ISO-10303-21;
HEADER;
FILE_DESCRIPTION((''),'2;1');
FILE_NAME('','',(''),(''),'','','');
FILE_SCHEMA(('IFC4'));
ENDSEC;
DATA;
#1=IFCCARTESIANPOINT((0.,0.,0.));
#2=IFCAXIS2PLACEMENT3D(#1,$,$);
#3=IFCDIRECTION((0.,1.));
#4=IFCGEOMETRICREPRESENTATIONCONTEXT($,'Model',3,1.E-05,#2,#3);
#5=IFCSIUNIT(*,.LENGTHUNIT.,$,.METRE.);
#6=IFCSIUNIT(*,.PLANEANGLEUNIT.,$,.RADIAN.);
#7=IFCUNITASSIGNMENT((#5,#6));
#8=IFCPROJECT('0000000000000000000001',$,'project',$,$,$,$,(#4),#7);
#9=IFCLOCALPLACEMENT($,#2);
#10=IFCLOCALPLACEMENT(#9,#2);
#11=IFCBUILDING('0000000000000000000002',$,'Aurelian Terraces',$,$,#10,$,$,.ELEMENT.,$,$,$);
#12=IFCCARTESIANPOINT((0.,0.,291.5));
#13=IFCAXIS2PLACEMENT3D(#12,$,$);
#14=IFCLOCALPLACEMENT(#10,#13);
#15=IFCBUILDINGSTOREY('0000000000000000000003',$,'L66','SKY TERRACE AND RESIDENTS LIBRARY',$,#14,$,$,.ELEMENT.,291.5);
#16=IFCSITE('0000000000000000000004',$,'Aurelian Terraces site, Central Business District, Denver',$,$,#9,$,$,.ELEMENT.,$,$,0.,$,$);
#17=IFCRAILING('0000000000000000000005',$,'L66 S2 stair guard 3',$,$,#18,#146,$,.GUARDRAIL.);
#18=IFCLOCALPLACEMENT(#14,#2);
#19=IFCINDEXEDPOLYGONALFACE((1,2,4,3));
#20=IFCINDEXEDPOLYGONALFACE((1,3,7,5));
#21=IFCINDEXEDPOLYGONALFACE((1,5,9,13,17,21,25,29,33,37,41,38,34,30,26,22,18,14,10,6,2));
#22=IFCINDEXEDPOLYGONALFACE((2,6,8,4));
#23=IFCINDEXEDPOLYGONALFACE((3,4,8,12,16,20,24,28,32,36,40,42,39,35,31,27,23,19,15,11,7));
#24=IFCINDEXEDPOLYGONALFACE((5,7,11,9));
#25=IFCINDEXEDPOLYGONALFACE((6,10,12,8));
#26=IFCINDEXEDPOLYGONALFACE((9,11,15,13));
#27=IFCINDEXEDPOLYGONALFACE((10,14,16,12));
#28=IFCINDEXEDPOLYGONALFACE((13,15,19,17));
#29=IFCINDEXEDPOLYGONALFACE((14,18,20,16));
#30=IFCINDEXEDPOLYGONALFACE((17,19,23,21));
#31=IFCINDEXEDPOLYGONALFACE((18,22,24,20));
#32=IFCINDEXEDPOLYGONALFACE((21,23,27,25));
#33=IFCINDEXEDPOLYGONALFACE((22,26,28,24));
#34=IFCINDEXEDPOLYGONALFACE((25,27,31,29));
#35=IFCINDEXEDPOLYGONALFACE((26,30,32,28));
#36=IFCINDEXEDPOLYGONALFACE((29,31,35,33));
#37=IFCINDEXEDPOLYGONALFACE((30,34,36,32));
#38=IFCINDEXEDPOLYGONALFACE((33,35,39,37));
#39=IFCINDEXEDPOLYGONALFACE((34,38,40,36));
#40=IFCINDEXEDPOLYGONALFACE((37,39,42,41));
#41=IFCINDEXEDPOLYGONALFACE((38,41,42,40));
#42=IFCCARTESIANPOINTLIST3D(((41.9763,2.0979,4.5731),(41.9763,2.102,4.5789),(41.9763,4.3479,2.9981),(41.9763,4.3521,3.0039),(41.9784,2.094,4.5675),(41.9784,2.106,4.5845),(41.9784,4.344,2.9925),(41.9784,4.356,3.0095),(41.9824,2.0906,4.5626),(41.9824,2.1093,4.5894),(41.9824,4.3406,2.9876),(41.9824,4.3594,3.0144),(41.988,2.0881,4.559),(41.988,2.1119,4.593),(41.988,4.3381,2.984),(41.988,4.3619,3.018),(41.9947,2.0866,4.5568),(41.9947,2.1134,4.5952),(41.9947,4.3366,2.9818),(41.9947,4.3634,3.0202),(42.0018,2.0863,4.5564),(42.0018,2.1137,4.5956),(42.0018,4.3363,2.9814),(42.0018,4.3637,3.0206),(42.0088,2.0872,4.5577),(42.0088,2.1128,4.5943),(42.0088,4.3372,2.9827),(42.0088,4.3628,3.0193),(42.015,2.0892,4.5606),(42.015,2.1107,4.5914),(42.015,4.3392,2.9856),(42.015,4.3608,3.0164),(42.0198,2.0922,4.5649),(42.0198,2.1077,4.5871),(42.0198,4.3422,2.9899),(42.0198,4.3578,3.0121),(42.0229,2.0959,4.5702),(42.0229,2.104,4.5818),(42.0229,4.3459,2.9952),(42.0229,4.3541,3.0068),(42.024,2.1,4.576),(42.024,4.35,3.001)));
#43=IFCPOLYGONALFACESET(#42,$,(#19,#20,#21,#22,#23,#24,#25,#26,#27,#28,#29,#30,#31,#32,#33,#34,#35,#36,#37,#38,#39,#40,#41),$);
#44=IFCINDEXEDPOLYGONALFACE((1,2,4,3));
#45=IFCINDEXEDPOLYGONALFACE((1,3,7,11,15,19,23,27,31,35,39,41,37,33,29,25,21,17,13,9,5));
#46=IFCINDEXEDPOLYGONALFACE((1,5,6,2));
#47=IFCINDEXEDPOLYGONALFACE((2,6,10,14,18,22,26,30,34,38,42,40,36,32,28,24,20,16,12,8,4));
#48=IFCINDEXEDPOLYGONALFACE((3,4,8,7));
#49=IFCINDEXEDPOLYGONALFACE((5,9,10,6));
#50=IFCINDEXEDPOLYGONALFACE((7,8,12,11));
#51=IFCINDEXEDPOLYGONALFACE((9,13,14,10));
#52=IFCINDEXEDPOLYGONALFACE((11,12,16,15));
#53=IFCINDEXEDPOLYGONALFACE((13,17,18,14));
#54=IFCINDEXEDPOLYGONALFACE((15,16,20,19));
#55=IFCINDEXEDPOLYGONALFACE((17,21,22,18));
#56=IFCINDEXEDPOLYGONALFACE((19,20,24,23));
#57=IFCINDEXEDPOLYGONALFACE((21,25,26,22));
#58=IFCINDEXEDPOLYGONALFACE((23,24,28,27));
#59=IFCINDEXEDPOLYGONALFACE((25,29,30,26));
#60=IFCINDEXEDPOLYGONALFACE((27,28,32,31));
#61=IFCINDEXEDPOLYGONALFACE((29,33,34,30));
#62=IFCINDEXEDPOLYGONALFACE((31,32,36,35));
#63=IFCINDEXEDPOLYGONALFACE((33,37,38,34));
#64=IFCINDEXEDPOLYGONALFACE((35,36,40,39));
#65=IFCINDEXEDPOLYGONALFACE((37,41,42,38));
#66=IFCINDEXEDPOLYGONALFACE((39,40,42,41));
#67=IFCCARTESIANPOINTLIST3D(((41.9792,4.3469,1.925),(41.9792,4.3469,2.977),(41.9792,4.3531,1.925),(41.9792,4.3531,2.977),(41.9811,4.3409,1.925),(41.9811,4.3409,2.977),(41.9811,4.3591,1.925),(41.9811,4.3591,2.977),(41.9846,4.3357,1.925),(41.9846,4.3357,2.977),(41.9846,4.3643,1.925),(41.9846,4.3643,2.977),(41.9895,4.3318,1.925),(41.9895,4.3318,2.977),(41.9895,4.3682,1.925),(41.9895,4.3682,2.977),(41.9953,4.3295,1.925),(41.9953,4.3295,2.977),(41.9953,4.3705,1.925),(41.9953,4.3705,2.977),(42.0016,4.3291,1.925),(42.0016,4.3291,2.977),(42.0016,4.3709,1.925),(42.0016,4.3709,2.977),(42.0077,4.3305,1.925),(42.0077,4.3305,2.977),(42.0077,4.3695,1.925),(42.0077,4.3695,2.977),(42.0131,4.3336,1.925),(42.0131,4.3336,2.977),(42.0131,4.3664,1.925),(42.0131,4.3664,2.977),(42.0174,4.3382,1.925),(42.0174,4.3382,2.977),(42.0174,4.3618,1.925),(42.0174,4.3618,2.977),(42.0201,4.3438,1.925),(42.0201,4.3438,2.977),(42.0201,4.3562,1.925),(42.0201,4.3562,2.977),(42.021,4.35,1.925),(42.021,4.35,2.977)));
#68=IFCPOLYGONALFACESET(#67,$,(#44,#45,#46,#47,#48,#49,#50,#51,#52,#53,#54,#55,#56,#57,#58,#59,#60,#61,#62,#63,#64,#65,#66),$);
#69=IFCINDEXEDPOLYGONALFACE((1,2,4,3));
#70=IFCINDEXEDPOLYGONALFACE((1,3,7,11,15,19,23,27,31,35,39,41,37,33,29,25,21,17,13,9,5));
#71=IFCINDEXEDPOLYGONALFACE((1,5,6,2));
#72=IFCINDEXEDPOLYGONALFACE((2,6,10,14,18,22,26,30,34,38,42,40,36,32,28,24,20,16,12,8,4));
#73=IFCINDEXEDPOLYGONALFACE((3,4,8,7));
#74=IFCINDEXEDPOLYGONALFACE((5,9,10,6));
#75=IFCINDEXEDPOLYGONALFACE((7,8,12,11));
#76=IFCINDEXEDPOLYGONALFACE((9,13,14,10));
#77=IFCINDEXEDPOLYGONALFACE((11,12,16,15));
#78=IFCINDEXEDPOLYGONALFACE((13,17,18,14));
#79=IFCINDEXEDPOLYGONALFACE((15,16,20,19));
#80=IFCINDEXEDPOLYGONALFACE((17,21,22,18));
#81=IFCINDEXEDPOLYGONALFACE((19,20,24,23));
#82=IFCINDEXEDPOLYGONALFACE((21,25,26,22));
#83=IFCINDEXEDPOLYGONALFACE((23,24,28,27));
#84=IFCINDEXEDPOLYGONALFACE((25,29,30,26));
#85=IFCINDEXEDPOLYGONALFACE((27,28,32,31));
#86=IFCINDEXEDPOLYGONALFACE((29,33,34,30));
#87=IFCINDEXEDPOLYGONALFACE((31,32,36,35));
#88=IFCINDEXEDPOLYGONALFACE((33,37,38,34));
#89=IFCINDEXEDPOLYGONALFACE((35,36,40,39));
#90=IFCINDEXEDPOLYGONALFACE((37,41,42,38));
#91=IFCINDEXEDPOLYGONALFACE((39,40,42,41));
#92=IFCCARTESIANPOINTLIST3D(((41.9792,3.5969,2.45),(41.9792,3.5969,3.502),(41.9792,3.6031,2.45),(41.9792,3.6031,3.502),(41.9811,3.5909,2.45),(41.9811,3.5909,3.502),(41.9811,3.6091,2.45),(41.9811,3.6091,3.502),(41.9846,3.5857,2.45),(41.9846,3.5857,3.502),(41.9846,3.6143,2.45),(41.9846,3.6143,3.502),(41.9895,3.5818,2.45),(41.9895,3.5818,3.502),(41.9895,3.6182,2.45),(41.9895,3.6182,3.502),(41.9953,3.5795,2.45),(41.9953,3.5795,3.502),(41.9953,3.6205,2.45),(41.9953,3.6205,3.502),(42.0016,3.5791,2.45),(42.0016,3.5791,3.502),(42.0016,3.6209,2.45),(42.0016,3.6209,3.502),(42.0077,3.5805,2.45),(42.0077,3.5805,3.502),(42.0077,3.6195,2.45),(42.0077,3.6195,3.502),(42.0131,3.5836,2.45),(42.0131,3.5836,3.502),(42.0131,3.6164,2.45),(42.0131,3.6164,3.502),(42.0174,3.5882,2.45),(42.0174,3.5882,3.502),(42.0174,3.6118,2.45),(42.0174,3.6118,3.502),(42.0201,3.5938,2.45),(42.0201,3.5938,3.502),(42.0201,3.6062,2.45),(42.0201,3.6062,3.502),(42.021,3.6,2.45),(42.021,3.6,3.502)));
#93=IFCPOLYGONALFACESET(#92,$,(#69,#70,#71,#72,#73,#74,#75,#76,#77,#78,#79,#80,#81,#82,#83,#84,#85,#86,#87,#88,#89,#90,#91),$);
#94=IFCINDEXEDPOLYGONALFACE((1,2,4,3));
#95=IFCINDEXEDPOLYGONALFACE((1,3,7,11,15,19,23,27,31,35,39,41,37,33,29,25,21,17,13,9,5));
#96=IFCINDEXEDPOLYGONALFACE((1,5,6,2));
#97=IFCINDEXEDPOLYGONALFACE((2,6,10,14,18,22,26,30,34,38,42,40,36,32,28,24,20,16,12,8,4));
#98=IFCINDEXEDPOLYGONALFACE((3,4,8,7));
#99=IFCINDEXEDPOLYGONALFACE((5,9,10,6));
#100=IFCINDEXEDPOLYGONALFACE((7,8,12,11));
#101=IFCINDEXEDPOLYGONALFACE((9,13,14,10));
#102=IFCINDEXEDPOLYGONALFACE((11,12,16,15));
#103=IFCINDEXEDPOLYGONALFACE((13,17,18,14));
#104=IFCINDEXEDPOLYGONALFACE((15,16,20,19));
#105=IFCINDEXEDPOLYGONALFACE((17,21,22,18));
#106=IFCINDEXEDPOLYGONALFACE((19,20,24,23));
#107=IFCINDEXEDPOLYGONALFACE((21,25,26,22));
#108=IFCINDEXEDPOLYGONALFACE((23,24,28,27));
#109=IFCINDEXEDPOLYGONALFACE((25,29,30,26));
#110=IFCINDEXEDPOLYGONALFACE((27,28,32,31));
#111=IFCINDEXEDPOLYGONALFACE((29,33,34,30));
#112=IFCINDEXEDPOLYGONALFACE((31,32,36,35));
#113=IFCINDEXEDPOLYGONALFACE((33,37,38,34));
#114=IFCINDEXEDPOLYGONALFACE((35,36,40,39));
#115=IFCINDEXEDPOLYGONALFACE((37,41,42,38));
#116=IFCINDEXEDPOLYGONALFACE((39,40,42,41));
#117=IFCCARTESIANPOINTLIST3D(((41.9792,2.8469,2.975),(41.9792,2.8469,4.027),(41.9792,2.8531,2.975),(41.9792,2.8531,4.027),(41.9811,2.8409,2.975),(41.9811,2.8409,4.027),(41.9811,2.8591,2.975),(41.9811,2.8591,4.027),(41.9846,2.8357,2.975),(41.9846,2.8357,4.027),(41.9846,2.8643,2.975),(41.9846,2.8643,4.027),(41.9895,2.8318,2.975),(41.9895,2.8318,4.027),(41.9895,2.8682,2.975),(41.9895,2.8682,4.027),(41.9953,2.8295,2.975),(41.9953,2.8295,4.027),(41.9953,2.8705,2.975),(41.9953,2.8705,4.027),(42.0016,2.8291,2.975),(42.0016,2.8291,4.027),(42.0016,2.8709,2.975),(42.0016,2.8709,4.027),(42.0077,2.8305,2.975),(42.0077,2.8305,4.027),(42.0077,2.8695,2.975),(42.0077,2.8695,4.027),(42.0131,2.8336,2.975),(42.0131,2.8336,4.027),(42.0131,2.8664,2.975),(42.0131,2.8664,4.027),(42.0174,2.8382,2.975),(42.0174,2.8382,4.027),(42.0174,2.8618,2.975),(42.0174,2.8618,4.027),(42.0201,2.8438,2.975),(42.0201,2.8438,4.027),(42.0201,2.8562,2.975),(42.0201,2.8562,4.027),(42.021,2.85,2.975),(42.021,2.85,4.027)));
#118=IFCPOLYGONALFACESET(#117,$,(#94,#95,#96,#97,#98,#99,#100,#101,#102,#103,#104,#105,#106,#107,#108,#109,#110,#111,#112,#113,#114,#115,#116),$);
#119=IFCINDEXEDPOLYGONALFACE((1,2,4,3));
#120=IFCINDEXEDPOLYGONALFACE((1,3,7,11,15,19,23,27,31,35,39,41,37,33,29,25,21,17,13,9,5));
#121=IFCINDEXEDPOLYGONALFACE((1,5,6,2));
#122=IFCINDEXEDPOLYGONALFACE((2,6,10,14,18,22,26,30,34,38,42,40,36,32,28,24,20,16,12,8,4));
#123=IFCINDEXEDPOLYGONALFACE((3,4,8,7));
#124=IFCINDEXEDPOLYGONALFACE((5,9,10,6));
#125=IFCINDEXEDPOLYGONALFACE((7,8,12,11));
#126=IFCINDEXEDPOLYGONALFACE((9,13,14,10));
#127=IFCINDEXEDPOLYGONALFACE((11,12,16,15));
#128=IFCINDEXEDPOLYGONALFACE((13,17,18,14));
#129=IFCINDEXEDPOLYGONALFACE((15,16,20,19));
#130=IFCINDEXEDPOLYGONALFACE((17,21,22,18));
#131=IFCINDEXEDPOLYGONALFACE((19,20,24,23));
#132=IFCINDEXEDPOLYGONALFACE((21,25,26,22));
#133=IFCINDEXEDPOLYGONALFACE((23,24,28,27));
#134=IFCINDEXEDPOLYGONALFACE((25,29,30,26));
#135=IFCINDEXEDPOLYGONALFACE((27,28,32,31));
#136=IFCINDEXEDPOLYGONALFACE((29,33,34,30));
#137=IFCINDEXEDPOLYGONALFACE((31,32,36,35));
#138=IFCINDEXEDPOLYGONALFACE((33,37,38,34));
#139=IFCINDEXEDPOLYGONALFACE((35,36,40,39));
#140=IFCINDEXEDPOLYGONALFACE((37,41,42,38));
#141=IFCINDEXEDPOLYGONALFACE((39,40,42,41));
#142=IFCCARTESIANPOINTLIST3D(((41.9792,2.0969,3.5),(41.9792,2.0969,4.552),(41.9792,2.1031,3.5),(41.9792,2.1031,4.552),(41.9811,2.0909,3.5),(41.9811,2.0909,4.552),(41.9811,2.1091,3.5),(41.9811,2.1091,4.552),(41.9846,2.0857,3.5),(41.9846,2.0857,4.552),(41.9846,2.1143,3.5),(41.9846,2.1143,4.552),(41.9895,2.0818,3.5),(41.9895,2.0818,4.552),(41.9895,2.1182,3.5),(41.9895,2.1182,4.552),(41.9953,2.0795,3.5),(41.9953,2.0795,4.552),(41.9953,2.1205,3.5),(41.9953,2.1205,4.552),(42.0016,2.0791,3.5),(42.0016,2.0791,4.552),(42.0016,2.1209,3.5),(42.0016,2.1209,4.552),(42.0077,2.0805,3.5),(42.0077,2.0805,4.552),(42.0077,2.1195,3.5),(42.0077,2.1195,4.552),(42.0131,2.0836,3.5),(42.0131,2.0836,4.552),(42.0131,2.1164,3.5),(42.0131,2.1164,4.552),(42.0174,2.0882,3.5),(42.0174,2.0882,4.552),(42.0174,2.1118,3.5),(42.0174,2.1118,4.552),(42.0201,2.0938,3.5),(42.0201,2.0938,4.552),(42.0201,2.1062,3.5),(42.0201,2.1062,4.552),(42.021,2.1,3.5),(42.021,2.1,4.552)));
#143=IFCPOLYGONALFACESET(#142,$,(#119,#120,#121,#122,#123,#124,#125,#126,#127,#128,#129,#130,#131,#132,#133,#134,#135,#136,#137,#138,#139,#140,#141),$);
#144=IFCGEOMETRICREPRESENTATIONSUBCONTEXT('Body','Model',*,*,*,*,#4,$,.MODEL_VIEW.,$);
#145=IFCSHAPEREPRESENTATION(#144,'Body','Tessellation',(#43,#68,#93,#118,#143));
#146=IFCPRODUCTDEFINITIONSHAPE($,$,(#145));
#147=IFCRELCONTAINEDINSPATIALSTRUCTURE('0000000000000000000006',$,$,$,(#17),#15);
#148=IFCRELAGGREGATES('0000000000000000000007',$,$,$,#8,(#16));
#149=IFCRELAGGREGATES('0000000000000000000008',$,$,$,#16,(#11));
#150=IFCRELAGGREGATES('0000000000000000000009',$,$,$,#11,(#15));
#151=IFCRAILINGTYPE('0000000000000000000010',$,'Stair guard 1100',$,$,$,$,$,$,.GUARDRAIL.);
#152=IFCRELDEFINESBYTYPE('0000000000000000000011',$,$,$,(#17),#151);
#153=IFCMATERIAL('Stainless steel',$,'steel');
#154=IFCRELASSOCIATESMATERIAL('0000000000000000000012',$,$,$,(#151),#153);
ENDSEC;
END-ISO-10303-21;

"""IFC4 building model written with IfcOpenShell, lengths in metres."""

from ifc_helpers import new_model, si_unit, direction, frame, origin, origin_2d, place, context, subcontext, project, spatial, circle, extrude, source, transform, mapped, material, type_object, element, save


model = new_model("IFC4")

# Units and contexts
model_context = context("Model", 3, precision=1e-05, world=origin(), true_north=direction((0.0, 1.0)))
body_context = subcontext(model_context, "Body", "Model", "MODEL_VIEW")
ifc_project = project(units=[si_unit("LENGTHUNIT", "METRE"), si_unit("PLANEANGLEUNIT", "RADIAN")], contexts=[model_context])

# Site, building, storey
site_placement = place(None, origin())
site = spatial("IfcSite", under=ifc_project, at=site_placement, Name="Aurelian Terraces site, Central Business District, Denver", CompositionType="ELEMENT", RefElevation=0.0)
building_placement = place(site_placement, origin())
building = spatial("IfcBuilding", under=site, at=building_placement, Name="Aurelian Terraces", CompositionType="ELEMENT")
storey_placement = place(building_placement, frame((0.0, 0.0, 291.5)))
storey = spatial("IfcBuildingStorey", under=building, at=storey_placement, Name="L66", Description="SKY TERRACE AND RESIDENTS LIBRARY", CompositionType="ELEMENT", Elevation=291.5)

# Railing
ifc_material_1 = material(Name="Stainless steel", Category="steel")
railing_type_1 = type_object("IfcRailingType", Name="Stair guard 1100", PredefinedType="GUARDRAIL", material=ifc_material_1)
shared_shape_1 = source(origin(), body_context, "Body", "SweptSolid", [
    extrude(circle(Radius=0.024, at=origin_2d()), frame((0.0, 0.0, 1.076), z_axis=(0.0, -0.819232, 0.573462), x_axis=(1.0, 0.0, 0.0)), (0.0, 0.0, 1.0), 2.7465),
    extrude(circle(Radius=0.021, at=origin_2d()), origin(), (0.0, 0.0, 1.0), 1.052),
    extrude(circle(Radius=0.021, at=origin_2d()), frame((0.0, -0.75, 0.525)), (0.0, 0.0, 1.0), 1.052),
    extrude(circle(Radius=0.021, at=origin_2d()), frame((0.0, -1.5, 1.05)), (0.0, 0.0, 1.0), 1.052),
    extrude(circle(Radius=0.021, at=origin_2d()), frame((0.0, -2.25, 1.575)), (0.0, 0.0, 1.0), 1.052),
])
railing_1_placement = place(storey_placement, frame((42.0, 4.35, 1.925)))
element("IfcRailing", 1, at=railing_1_placement, inside=storey, type_object=railing_type_1, Name="L66 S2 stair guard 3", PredefinedType="GUARDRAIL", context=body_context, shape_type="MappedRepresentation", body=[
    mapped(shared_shape_1, transform((0.0, 0.0, 0.0), scale=1.0)),
])

save(model, "model.ifc")
